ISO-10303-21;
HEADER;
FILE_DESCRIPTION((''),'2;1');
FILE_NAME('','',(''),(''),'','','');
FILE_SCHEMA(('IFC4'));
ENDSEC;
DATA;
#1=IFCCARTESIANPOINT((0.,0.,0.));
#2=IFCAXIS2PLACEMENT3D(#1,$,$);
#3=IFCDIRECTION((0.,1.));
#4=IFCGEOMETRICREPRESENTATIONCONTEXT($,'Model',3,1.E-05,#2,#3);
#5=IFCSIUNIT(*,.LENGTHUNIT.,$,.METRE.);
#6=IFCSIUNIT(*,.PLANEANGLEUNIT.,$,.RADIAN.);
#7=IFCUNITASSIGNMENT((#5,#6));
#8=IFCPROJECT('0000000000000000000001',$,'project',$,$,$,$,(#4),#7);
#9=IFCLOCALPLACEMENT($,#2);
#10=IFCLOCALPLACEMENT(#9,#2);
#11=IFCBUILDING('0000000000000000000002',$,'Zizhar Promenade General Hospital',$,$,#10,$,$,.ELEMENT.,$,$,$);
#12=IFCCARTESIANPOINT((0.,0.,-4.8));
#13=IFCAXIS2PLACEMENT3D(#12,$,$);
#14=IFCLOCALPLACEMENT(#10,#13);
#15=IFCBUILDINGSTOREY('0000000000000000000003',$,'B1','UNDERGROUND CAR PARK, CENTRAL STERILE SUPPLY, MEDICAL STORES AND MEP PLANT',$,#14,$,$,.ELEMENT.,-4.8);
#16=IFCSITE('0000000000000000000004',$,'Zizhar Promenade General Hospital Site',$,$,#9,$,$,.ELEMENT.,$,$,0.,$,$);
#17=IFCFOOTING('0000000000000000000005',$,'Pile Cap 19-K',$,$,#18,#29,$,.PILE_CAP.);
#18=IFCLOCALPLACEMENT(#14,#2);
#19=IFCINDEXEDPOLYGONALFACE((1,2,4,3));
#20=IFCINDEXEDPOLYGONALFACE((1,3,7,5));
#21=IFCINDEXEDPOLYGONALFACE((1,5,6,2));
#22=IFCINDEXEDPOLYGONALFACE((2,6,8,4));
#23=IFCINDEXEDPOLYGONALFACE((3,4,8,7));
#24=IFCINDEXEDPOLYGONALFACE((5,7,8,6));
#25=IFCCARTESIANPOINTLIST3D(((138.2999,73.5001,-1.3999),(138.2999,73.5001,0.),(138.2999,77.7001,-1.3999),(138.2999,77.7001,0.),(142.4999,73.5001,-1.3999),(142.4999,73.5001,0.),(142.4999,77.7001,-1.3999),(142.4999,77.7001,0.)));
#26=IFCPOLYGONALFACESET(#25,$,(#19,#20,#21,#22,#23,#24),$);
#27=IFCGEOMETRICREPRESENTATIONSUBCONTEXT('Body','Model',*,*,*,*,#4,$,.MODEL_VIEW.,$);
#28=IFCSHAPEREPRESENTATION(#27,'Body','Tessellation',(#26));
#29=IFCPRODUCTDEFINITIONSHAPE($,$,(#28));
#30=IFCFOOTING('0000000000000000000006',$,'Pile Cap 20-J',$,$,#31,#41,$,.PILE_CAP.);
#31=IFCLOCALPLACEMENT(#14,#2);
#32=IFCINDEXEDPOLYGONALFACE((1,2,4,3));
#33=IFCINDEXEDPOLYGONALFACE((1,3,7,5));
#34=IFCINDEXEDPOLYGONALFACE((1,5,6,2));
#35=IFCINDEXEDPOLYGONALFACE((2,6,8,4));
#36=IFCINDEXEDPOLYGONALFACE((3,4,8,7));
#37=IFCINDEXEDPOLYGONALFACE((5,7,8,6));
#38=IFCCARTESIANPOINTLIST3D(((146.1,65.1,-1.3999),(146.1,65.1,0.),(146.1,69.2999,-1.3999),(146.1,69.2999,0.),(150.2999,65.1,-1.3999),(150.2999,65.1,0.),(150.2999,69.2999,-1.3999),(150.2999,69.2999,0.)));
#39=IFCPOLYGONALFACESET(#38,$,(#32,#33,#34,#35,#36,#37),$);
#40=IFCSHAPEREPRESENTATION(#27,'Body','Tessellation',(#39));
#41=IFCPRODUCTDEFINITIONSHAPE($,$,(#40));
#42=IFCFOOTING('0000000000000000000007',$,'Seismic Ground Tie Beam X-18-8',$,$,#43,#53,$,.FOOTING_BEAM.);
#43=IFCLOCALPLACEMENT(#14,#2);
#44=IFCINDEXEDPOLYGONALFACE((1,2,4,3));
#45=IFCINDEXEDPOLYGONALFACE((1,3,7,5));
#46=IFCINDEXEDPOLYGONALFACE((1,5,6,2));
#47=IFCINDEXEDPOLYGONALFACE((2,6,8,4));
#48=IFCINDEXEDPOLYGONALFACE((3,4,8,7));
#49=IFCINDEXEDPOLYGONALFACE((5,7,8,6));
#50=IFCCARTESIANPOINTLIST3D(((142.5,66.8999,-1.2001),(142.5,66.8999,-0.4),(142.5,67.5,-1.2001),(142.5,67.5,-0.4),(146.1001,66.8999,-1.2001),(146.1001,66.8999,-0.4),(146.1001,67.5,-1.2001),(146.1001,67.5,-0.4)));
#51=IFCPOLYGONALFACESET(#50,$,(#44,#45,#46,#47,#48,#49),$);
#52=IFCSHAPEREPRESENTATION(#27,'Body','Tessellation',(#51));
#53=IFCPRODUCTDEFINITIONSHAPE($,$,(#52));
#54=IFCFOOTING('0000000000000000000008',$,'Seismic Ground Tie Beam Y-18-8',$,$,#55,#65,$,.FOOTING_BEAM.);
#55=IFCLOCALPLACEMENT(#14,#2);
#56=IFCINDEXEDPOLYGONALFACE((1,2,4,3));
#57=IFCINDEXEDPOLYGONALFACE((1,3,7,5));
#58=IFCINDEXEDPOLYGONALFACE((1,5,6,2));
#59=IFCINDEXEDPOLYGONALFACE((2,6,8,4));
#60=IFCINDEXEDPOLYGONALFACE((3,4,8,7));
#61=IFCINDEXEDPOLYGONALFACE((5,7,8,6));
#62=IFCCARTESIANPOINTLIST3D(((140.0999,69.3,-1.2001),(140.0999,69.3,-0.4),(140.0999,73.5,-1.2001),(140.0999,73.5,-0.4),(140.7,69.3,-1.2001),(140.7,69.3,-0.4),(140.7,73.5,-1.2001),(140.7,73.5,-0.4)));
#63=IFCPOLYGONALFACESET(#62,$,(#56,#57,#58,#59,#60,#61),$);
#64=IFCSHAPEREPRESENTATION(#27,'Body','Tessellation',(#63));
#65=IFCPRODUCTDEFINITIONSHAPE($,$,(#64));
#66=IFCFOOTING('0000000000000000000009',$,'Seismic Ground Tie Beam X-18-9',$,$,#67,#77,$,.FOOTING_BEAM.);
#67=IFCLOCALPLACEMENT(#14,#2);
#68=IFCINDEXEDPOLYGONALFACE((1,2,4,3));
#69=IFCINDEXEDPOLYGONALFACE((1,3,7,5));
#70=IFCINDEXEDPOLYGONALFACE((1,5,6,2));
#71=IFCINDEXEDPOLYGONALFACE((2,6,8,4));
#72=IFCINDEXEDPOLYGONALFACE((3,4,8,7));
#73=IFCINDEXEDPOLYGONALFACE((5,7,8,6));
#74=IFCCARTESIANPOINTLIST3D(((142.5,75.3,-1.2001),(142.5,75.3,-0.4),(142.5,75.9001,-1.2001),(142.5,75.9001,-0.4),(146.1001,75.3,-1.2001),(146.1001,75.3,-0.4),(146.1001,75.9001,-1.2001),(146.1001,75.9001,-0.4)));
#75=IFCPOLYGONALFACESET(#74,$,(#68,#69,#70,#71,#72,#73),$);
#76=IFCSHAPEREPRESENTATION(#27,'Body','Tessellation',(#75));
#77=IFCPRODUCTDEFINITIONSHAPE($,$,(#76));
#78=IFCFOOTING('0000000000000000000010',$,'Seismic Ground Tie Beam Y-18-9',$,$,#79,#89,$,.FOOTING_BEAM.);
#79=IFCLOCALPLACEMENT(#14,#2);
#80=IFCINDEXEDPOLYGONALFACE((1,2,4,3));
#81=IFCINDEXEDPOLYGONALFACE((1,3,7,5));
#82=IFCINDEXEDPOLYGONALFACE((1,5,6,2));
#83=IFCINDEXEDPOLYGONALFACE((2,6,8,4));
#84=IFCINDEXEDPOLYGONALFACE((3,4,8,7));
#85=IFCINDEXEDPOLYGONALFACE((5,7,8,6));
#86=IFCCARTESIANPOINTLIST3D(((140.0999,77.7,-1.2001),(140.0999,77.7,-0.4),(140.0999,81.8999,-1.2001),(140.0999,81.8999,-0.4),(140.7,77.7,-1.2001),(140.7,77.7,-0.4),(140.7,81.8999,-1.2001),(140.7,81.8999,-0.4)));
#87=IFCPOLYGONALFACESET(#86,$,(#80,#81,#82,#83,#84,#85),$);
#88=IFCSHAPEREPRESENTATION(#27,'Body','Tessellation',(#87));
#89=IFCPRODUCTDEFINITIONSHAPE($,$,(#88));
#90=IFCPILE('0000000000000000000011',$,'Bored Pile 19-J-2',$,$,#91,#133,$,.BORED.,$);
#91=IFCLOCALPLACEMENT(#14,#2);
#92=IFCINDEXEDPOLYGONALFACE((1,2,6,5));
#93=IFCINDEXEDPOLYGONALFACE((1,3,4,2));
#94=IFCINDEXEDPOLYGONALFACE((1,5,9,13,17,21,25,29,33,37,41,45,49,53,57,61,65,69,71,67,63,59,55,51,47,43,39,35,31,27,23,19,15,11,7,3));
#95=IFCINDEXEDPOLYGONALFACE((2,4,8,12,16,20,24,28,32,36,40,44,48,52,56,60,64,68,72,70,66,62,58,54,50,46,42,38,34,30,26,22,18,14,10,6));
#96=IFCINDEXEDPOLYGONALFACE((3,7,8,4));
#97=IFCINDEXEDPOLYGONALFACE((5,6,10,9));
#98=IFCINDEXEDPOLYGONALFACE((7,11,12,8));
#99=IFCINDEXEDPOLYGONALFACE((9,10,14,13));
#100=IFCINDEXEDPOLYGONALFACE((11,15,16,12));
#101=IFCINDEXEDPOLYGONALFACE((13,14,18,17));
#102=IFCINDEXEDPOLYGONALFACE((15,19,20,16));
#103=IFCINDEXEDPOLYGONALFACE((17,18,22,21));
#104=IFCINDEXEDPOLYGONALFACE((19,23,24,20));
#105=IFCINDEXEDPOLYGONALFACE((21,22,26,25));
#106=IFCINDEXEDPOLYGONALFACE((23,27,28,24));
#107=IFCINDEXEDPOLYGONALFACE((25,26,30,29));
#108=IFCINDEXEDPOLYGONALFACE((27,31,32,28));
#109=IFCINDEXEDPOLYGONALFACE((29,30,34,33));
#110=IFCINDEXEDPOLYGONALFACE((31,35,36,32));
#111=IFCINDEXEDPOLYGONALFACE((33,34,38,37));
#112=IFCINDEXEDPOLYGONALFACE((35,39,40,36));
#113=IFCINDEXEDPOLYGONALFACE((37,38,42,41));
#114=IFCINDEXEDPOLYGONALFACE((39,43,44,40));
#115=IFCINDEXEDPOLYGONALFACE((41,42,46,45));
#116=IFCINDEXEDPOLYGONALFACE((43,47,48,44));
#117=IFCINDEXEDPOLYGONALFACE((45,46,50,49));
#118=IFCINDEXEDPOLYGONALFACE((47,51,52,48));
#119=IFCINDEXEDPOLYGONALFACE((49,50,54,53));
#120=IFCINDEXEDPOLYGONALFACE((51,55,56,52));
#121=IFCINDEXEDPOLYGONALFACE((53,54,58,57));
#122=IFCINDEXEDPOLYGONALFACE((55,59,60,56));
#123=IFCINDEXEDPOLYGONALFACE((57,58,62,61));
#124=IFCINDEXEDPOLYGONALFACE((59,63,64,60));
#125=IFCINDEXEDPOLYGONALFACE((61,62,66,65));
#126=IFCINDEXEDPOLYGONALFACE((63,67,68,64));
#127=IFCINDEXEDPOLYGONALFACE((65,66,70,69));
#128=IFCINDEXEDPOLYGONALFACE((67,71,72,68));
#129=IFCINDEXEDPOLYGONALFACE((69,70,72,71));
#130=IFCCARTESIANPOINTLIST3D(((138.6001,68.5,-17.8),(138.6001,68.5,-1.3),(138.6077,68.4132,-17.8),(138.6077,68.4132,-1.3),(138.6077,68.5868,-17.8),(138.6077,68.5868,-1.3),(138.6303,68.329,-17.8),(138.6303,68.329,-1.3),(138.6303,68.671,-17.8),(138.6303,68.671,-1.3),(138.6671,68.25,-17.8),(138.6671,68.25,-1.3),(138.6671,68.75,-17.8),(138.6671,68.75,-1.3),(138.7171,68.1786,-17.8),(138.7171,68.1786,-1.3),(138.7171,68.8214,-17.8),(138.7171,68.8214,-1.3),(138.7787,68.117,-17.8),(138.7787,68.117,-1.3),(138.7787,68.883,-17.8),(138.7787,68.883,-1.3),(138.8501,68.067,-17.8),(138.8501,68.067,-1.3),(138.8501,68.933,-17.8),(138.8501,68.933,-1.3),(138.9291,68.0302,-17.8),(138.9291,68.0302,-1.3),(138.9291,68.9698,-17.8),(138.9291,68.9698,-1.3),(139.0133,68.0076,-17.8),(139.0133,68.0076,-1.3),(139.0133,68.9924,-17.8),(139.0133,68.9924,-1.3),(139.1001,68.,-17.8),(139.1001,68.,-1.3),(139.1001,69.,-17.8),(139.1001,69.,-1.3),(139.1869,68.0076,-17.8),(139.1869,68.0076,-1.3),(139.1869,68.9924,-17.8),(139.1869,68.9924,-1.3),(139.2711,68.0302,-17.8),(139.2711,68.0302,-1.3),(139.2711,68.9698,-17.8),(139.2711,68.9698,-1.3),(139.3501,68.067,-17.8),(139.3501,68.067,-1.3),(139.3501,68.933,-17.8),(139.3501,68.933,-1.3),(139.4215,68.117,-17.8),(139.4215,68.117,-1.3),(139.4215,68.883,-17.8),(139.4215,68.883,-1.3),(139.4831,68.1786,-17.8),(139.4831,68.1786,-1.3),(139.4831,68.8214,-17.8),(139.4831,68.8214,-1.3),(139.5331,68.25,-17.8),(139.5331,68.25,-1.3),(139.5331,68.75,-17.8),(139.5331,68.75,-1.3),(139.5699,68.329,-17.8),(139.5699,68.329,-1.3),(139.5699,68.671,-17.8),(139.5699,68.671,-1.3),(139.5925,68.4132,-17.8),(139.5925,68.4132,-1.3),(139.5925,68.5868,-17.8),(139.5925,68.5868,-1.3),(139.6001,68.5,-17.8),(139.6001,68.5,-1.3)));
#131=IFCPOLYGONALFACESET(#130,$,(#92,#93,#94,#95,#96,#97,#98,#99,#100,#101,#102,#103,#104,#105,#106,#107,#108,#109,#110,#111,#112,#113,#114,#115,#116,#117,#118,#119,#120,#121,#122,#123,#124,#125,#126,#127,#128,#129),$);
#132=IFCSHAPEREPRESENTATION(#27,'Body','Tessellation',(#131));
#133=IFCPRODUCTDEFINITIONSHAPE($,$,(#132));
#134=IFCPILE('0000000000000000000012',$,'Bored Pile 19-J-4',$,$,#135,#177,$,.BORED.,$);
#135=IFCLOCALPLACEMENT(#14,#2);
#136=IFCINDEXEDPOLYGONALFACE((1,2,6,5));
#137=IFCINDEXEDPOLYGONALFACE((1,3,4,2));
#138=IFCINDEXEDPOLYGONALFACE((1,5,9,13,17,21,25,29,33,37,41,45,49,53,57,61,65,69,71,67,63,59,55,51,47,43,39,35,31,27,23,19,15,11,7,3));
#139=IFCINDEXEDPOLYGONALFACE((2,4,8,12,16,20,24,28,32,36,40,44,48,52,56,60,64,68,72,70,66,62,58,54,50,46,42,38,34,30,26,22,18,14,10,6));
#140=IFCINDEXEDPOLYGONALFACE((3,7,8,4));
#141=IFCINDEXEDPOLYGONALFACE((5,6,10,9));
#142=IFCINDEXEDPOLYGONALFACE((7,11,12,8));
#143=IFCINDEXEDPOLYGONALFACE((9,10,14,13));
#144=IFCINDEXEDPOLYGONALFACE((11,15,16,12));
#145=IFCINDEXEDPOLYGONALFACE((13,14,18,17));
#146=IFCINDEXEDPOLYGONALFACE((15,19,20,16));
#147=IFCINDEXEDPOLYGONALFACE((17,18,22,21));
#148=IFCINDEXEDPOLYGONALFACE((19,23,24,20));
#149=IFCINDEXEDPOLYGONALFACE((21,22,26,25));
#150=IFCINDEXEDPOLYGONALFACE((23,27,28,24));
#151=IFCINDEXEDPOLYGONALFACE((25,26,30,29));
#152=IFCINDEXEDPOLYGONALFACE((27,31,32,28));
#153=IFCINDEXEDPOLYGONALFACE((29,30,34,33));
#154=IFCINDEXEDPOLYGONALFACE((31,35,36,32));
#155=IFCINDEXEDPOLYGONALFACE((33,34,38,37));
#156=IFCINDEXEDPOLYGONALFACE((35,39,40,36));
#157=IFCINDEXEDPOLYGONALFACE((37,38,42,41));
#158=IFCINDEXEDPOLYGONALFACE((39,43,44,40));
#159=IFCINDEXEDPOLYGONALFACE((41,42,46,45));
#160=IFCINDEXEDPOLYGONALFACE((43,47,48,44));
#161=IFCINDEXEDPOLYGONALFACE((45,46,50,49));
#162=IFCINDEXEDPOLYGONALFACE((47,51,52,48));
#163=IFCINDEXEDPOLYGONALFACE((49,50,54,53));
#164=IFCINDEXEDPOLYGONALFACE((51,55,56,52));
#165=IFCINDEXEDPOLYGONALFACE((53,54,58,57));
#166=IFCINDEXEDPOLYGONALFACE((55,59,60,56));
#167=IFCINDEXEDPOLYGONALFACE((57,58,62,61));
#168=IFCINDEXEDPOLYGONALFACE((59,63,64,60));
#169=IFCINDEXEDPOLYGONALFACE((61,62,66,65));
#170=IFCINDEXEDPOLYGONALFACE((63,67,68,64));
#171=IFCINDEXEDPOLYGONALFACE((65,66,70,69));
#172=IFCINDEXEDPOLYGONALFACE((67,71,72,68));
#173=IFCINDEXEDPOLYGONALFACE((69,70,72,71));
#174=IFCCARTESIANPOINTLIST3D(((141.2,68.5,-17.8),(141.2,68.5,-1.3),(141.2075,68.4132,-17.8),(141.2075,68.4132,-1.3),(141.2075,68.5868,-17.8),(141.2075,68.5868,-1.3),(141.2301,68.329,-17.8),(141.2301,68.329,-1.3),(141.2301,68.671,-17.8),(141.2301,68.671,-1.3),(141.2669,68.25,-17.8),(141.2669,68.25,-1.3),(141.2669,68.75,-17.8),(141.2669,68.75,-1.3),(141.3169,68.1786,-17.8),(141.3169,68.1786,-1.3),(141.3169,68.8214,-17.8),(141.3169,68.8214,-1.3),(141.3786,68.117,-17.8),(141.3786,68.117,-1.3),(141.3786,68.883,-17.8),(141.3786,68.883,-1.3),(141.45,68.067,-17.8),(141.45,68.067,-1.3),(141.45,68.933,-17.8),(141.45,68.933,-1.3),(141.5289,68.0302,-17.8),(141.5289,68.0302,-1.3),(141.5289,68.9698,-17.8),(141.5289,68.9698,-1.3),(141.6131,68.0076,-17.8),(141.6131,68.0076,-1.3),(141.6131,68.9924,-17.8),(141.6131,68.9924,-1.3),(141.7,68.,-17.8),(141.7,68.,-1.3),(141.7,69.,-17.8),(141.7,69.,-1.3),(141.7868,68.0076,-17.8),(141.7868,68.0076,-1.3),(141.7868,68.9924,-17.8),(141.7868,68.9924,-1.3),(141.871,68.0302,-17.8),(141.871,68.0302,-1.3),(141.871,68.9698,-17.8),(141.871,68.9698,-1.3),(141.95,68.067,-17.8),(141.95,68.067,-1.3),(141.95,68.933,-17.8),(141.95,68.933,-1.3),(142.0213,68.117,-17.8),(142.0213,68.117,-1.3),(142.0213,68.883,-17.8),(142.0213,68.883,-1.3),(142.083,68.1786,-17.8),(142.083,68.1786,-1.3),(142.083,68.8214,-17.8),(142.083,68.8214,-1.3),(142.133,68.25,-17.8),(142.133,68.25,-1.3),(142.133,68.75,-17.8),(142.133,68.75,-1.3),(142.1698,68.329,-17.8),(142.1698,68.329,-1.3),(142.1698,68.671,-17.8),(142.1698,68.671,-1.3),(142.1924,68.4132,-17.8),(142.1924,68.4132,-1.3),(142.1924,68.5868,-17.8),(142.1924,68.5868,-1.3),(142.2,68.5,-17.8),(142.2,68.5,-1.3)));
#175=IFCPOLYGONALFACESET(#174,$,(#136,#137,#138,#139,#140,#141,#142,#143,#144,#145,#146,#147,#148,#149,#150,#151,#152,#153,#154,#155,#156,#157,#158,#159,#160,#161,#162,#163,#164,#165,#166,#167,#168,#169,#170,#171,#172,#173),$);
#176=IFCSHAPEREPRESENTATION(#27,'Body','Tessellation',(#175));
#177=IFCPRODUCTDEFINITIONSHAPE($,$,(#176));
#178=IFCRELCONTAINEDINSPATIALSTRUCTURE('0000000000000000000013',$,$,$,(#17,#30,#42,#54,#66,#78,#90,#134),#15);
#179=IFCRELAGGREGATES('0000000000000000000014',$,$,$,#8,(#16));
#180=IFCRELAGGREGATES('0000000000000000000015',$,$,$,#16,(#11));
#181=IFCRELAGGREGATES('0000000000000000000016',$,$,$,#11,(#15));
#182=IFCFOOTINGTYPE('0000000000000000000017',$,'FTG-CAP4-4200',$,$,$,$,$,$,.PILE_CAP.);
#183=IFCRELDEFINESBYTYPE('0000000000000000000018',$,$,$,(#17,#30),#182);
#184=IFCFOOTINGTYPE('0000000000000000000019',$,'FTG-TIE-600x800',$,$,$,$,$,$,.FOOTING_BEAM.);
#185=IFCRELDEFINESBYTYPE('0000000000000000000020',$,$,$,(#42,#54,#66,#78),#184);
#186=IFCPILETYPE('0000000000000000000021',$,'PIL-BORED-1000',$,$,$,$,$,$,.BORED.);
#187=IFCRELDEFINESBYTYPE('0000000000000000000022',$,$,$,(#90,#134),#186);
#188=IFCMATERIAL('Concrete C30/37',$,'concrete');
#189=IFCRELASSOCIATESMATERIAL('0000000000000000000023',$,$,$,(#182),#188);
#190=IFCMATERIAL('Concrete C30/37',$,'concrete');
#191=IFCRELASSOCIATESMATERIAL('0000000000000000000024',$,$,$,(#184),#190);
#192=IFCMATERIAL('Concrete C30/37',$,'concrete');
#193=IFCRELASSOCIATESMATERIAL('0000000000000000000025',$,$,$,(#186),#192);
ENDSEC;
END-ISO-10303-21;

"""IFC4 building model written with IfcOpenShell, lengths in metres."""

from ifc_helpers import new_model, si_unit, direction, frame, origin, origin_2d, place, context, subcontext, project, spatial, rectangle, circle, extrude, material, material_profile, profile_set, type_object, element, save


model = new_model("IFC4")

# Units and contexts
model_context = context("Model", 3, precision=1e-05, world=origin(), true_north=direction((0.0, 1.0)))
body_context = subcontext(model_context, "Body", "Model", "MODEL_VIEW")
ifc_project = project(units=[si_unit("LENGTHUNIT", "METRE"), si_unit("PLANEANGLEUNIT", "RADIAN")], contexts=[model_context])

# Site, building, storey
site_placement = place(None, origin())
site = spatial("IfcSite", under=ifc_project, at=site_placement, Name="Zizhar Promenade General Hospital Site", CompositionType="ELEMENT", RefElevation=0.0)
building_placement = place(site_placement, origin())
building = spatial("IfcBuilding", under=site, at=building_placement, Name="Zizhar Promenade General Hospital", CompositionType="ELEMENT")
storey_placement = place(building_placement, frame((0.0, 0.0, -4.8)))
storey = spatial("IfcBuildingStorey", under=building, at=storey_placement, Name="B1", Description="UNDERGROUND CAR PARK, CENTRAL STERILE SUPPLY, MEDICAL STORES AND MEP PLANT", CompositionType="ELEMENT", Elevation=-4.8)

# Footings
ifc_material_1 = material(Name="Concrete C30/37", Category="concrete")
footing_type_1 = type_object("IfcFootingType", Name="FTG-CAP4-4200", PredefinedType="PILE_CAP", material=ifc_material_1)
for number, where, z_axis, x_axis, name in (
    (1, (140.3999, 75.6001, -1.3999), (0.0, 0.0, 1.0), (1.0, 0.0, 0.0), "Pile Cap 19-K"),
    (2, (148.2, 67.2, -1.3999), (0.0, 0.0, 1.0), (1.0, 0.0, 0.0), "Pile Cap 20-J"),
):
    element("IfcFooting", number, at=place(storey_placement, frame(where, z_axis=z_axis, x_axis=x_axis)), inside=storey, type_object=footing_type_1, Name=name, PredefinedType="PILE_CAP", context=body_context, shape_type="SweptSolid", body=[
        extrude(rectangle(XDim=4.2, YDim=4.2, at=origin_2d()), origin(), (0.0, 0.0, 1.0), 1.3999),
    ])
ifc_material_2 = material(Name="Concrete C30/37", Category="concrete")
ifc_material_profile_1 = material_profile(ifc_material_2, rectangle(XDim=0.6001, YDim=0.8, at=origin_2d()))
ifc_profile_set_1 = profile_set([ifc_material_profile_1], Name="Concrete C30/37")
footing_type_2 = type_object("IfcFootingType", Name="FTG-TIE-600x800", PredefinedType="FOOTING_BEAM", material=ifc_profile_set_1)
footing_1_placement = place(storey_placement, frame((142.5, 67.2, -0.8), z_axis=(1.0, 0.0, 0.0), x_axis=(0.0, 1.0, 0.0)))
element("IfcFooting", 3, at=footing_1_placement, inside=storey, type_object=footing_type_2, Name="Seismic Ground Tie Beam X-18-8", PredefinedType="FOOTING_BEAM", context=body_context, shape_type="SweptSolid", body=[
    extrude(rectangle(XDim=0.6001, YDim=0.8, at=origin_2d()), origin(), (0.0, 0.0, 1.0), 3.6001),
])
footing_2_placement = place(storey_placement, frame((140.3999, 69.3, -0.8), z_axis=(0.0, 1.0, 0.0), x_axis=(-1.0, 0.0, 0.0)))
element("IfcFooting", 4, at=footing_2_placement, inside=storey, type_object=footing_type_2, Name="Seismic Ground Tie Beam Y-18-8", PredefinedType="FOOTING_BEAM", context=body_context, shape_type="SweptSolid", body=[
    extrude(rectangle(XDim=0.6001, YDim=0.8, at=origin_2d()), origin(), (0.0, 0.0, 1.0), 4.2),
])
footing_3_placement = place(storey_placement, frame((142.5, 75.6001, -0.8), z_axis=(1.0, 0.0, 0.0), x_axis=(0.0, 1.0, 0.0)))
element("IfcFooting", 5, at=footing_3_placement, inside=storey, type_object=footing_type_2, Name="Seismic Ground Tie Beam X-18-9", PredefinedType="FOOTING_BEAM", context=body_context, shape_type="SweptSolid", body=[
    extrude(rectangle(XDim=0.6001, YDim=0.8, at=origin_2d()), origin(), (0.0, 0.0, 1.0), 3.6001),
])
footing_4_placement = place(storey_placement, frame((140.3999, 77.7, -0.8), z_axis=(0.0, 1.0, 0.0), x_axis=(-1.0, 0.0, 0.0)))
element("IfcFooting", 6, at=footing_4_placement, inside=storey, type_object=footing_type_2, Name="Seismic Ground Tie Beam Y-18-9", PredefinedType="FOOTING_BEAM", context=body_context, shape_type="SweptSolid", body=[
    extrude(rectangle(XDim=0.6001, YDim=0.8, at=origin_2d()), origin(), (0.0, 0.0, 1.0), 4.2),
])

# Piles
ifc_material_3 = material(Name="Concrete C30/37", Category="concrete")
ifc_material_profile_2 = material_profile(ifc_material_3, circle(Radius=0.5, at=origin_2d()))
ifc_profile_set_2 = profile_set([ifc_material_profile_2], Name="Concrete C30/37")
pile_type = type_object("IfcPileType", Name="PIL-BORED-1000", PredefinedType="BORED", material=ifc_profile_set_2)
for number, where, z_axis, x_axis, name in (
    (7, (139.1001, 68.5, -1.3), (0.0, 0.0, -1.0), (1.0, 0.0, 0.0), "Bored Pile 19-J-2"),
    (8, (141.7, 68.5, -1.3), (0.0, 0.0, -1.0), (1.0, 0.0, 0.0), "Bored Pile 19-J-4"),
):
    element("IfcPile", number, at=place(storey_placement, frame(where, z_axis=z_axis, x_axis=x_axis)), inside=storey, type_object=pile_type, Name=name, PredefinedType="BORED", context=body_context, shape_type="SweptSolid", body=[
        extrude(circle(Radius=0.5, at=origin_2d()), origin(), (0.0, 0.0, 1.0), 16.5),
    ])

save(model, "model.ifc")
